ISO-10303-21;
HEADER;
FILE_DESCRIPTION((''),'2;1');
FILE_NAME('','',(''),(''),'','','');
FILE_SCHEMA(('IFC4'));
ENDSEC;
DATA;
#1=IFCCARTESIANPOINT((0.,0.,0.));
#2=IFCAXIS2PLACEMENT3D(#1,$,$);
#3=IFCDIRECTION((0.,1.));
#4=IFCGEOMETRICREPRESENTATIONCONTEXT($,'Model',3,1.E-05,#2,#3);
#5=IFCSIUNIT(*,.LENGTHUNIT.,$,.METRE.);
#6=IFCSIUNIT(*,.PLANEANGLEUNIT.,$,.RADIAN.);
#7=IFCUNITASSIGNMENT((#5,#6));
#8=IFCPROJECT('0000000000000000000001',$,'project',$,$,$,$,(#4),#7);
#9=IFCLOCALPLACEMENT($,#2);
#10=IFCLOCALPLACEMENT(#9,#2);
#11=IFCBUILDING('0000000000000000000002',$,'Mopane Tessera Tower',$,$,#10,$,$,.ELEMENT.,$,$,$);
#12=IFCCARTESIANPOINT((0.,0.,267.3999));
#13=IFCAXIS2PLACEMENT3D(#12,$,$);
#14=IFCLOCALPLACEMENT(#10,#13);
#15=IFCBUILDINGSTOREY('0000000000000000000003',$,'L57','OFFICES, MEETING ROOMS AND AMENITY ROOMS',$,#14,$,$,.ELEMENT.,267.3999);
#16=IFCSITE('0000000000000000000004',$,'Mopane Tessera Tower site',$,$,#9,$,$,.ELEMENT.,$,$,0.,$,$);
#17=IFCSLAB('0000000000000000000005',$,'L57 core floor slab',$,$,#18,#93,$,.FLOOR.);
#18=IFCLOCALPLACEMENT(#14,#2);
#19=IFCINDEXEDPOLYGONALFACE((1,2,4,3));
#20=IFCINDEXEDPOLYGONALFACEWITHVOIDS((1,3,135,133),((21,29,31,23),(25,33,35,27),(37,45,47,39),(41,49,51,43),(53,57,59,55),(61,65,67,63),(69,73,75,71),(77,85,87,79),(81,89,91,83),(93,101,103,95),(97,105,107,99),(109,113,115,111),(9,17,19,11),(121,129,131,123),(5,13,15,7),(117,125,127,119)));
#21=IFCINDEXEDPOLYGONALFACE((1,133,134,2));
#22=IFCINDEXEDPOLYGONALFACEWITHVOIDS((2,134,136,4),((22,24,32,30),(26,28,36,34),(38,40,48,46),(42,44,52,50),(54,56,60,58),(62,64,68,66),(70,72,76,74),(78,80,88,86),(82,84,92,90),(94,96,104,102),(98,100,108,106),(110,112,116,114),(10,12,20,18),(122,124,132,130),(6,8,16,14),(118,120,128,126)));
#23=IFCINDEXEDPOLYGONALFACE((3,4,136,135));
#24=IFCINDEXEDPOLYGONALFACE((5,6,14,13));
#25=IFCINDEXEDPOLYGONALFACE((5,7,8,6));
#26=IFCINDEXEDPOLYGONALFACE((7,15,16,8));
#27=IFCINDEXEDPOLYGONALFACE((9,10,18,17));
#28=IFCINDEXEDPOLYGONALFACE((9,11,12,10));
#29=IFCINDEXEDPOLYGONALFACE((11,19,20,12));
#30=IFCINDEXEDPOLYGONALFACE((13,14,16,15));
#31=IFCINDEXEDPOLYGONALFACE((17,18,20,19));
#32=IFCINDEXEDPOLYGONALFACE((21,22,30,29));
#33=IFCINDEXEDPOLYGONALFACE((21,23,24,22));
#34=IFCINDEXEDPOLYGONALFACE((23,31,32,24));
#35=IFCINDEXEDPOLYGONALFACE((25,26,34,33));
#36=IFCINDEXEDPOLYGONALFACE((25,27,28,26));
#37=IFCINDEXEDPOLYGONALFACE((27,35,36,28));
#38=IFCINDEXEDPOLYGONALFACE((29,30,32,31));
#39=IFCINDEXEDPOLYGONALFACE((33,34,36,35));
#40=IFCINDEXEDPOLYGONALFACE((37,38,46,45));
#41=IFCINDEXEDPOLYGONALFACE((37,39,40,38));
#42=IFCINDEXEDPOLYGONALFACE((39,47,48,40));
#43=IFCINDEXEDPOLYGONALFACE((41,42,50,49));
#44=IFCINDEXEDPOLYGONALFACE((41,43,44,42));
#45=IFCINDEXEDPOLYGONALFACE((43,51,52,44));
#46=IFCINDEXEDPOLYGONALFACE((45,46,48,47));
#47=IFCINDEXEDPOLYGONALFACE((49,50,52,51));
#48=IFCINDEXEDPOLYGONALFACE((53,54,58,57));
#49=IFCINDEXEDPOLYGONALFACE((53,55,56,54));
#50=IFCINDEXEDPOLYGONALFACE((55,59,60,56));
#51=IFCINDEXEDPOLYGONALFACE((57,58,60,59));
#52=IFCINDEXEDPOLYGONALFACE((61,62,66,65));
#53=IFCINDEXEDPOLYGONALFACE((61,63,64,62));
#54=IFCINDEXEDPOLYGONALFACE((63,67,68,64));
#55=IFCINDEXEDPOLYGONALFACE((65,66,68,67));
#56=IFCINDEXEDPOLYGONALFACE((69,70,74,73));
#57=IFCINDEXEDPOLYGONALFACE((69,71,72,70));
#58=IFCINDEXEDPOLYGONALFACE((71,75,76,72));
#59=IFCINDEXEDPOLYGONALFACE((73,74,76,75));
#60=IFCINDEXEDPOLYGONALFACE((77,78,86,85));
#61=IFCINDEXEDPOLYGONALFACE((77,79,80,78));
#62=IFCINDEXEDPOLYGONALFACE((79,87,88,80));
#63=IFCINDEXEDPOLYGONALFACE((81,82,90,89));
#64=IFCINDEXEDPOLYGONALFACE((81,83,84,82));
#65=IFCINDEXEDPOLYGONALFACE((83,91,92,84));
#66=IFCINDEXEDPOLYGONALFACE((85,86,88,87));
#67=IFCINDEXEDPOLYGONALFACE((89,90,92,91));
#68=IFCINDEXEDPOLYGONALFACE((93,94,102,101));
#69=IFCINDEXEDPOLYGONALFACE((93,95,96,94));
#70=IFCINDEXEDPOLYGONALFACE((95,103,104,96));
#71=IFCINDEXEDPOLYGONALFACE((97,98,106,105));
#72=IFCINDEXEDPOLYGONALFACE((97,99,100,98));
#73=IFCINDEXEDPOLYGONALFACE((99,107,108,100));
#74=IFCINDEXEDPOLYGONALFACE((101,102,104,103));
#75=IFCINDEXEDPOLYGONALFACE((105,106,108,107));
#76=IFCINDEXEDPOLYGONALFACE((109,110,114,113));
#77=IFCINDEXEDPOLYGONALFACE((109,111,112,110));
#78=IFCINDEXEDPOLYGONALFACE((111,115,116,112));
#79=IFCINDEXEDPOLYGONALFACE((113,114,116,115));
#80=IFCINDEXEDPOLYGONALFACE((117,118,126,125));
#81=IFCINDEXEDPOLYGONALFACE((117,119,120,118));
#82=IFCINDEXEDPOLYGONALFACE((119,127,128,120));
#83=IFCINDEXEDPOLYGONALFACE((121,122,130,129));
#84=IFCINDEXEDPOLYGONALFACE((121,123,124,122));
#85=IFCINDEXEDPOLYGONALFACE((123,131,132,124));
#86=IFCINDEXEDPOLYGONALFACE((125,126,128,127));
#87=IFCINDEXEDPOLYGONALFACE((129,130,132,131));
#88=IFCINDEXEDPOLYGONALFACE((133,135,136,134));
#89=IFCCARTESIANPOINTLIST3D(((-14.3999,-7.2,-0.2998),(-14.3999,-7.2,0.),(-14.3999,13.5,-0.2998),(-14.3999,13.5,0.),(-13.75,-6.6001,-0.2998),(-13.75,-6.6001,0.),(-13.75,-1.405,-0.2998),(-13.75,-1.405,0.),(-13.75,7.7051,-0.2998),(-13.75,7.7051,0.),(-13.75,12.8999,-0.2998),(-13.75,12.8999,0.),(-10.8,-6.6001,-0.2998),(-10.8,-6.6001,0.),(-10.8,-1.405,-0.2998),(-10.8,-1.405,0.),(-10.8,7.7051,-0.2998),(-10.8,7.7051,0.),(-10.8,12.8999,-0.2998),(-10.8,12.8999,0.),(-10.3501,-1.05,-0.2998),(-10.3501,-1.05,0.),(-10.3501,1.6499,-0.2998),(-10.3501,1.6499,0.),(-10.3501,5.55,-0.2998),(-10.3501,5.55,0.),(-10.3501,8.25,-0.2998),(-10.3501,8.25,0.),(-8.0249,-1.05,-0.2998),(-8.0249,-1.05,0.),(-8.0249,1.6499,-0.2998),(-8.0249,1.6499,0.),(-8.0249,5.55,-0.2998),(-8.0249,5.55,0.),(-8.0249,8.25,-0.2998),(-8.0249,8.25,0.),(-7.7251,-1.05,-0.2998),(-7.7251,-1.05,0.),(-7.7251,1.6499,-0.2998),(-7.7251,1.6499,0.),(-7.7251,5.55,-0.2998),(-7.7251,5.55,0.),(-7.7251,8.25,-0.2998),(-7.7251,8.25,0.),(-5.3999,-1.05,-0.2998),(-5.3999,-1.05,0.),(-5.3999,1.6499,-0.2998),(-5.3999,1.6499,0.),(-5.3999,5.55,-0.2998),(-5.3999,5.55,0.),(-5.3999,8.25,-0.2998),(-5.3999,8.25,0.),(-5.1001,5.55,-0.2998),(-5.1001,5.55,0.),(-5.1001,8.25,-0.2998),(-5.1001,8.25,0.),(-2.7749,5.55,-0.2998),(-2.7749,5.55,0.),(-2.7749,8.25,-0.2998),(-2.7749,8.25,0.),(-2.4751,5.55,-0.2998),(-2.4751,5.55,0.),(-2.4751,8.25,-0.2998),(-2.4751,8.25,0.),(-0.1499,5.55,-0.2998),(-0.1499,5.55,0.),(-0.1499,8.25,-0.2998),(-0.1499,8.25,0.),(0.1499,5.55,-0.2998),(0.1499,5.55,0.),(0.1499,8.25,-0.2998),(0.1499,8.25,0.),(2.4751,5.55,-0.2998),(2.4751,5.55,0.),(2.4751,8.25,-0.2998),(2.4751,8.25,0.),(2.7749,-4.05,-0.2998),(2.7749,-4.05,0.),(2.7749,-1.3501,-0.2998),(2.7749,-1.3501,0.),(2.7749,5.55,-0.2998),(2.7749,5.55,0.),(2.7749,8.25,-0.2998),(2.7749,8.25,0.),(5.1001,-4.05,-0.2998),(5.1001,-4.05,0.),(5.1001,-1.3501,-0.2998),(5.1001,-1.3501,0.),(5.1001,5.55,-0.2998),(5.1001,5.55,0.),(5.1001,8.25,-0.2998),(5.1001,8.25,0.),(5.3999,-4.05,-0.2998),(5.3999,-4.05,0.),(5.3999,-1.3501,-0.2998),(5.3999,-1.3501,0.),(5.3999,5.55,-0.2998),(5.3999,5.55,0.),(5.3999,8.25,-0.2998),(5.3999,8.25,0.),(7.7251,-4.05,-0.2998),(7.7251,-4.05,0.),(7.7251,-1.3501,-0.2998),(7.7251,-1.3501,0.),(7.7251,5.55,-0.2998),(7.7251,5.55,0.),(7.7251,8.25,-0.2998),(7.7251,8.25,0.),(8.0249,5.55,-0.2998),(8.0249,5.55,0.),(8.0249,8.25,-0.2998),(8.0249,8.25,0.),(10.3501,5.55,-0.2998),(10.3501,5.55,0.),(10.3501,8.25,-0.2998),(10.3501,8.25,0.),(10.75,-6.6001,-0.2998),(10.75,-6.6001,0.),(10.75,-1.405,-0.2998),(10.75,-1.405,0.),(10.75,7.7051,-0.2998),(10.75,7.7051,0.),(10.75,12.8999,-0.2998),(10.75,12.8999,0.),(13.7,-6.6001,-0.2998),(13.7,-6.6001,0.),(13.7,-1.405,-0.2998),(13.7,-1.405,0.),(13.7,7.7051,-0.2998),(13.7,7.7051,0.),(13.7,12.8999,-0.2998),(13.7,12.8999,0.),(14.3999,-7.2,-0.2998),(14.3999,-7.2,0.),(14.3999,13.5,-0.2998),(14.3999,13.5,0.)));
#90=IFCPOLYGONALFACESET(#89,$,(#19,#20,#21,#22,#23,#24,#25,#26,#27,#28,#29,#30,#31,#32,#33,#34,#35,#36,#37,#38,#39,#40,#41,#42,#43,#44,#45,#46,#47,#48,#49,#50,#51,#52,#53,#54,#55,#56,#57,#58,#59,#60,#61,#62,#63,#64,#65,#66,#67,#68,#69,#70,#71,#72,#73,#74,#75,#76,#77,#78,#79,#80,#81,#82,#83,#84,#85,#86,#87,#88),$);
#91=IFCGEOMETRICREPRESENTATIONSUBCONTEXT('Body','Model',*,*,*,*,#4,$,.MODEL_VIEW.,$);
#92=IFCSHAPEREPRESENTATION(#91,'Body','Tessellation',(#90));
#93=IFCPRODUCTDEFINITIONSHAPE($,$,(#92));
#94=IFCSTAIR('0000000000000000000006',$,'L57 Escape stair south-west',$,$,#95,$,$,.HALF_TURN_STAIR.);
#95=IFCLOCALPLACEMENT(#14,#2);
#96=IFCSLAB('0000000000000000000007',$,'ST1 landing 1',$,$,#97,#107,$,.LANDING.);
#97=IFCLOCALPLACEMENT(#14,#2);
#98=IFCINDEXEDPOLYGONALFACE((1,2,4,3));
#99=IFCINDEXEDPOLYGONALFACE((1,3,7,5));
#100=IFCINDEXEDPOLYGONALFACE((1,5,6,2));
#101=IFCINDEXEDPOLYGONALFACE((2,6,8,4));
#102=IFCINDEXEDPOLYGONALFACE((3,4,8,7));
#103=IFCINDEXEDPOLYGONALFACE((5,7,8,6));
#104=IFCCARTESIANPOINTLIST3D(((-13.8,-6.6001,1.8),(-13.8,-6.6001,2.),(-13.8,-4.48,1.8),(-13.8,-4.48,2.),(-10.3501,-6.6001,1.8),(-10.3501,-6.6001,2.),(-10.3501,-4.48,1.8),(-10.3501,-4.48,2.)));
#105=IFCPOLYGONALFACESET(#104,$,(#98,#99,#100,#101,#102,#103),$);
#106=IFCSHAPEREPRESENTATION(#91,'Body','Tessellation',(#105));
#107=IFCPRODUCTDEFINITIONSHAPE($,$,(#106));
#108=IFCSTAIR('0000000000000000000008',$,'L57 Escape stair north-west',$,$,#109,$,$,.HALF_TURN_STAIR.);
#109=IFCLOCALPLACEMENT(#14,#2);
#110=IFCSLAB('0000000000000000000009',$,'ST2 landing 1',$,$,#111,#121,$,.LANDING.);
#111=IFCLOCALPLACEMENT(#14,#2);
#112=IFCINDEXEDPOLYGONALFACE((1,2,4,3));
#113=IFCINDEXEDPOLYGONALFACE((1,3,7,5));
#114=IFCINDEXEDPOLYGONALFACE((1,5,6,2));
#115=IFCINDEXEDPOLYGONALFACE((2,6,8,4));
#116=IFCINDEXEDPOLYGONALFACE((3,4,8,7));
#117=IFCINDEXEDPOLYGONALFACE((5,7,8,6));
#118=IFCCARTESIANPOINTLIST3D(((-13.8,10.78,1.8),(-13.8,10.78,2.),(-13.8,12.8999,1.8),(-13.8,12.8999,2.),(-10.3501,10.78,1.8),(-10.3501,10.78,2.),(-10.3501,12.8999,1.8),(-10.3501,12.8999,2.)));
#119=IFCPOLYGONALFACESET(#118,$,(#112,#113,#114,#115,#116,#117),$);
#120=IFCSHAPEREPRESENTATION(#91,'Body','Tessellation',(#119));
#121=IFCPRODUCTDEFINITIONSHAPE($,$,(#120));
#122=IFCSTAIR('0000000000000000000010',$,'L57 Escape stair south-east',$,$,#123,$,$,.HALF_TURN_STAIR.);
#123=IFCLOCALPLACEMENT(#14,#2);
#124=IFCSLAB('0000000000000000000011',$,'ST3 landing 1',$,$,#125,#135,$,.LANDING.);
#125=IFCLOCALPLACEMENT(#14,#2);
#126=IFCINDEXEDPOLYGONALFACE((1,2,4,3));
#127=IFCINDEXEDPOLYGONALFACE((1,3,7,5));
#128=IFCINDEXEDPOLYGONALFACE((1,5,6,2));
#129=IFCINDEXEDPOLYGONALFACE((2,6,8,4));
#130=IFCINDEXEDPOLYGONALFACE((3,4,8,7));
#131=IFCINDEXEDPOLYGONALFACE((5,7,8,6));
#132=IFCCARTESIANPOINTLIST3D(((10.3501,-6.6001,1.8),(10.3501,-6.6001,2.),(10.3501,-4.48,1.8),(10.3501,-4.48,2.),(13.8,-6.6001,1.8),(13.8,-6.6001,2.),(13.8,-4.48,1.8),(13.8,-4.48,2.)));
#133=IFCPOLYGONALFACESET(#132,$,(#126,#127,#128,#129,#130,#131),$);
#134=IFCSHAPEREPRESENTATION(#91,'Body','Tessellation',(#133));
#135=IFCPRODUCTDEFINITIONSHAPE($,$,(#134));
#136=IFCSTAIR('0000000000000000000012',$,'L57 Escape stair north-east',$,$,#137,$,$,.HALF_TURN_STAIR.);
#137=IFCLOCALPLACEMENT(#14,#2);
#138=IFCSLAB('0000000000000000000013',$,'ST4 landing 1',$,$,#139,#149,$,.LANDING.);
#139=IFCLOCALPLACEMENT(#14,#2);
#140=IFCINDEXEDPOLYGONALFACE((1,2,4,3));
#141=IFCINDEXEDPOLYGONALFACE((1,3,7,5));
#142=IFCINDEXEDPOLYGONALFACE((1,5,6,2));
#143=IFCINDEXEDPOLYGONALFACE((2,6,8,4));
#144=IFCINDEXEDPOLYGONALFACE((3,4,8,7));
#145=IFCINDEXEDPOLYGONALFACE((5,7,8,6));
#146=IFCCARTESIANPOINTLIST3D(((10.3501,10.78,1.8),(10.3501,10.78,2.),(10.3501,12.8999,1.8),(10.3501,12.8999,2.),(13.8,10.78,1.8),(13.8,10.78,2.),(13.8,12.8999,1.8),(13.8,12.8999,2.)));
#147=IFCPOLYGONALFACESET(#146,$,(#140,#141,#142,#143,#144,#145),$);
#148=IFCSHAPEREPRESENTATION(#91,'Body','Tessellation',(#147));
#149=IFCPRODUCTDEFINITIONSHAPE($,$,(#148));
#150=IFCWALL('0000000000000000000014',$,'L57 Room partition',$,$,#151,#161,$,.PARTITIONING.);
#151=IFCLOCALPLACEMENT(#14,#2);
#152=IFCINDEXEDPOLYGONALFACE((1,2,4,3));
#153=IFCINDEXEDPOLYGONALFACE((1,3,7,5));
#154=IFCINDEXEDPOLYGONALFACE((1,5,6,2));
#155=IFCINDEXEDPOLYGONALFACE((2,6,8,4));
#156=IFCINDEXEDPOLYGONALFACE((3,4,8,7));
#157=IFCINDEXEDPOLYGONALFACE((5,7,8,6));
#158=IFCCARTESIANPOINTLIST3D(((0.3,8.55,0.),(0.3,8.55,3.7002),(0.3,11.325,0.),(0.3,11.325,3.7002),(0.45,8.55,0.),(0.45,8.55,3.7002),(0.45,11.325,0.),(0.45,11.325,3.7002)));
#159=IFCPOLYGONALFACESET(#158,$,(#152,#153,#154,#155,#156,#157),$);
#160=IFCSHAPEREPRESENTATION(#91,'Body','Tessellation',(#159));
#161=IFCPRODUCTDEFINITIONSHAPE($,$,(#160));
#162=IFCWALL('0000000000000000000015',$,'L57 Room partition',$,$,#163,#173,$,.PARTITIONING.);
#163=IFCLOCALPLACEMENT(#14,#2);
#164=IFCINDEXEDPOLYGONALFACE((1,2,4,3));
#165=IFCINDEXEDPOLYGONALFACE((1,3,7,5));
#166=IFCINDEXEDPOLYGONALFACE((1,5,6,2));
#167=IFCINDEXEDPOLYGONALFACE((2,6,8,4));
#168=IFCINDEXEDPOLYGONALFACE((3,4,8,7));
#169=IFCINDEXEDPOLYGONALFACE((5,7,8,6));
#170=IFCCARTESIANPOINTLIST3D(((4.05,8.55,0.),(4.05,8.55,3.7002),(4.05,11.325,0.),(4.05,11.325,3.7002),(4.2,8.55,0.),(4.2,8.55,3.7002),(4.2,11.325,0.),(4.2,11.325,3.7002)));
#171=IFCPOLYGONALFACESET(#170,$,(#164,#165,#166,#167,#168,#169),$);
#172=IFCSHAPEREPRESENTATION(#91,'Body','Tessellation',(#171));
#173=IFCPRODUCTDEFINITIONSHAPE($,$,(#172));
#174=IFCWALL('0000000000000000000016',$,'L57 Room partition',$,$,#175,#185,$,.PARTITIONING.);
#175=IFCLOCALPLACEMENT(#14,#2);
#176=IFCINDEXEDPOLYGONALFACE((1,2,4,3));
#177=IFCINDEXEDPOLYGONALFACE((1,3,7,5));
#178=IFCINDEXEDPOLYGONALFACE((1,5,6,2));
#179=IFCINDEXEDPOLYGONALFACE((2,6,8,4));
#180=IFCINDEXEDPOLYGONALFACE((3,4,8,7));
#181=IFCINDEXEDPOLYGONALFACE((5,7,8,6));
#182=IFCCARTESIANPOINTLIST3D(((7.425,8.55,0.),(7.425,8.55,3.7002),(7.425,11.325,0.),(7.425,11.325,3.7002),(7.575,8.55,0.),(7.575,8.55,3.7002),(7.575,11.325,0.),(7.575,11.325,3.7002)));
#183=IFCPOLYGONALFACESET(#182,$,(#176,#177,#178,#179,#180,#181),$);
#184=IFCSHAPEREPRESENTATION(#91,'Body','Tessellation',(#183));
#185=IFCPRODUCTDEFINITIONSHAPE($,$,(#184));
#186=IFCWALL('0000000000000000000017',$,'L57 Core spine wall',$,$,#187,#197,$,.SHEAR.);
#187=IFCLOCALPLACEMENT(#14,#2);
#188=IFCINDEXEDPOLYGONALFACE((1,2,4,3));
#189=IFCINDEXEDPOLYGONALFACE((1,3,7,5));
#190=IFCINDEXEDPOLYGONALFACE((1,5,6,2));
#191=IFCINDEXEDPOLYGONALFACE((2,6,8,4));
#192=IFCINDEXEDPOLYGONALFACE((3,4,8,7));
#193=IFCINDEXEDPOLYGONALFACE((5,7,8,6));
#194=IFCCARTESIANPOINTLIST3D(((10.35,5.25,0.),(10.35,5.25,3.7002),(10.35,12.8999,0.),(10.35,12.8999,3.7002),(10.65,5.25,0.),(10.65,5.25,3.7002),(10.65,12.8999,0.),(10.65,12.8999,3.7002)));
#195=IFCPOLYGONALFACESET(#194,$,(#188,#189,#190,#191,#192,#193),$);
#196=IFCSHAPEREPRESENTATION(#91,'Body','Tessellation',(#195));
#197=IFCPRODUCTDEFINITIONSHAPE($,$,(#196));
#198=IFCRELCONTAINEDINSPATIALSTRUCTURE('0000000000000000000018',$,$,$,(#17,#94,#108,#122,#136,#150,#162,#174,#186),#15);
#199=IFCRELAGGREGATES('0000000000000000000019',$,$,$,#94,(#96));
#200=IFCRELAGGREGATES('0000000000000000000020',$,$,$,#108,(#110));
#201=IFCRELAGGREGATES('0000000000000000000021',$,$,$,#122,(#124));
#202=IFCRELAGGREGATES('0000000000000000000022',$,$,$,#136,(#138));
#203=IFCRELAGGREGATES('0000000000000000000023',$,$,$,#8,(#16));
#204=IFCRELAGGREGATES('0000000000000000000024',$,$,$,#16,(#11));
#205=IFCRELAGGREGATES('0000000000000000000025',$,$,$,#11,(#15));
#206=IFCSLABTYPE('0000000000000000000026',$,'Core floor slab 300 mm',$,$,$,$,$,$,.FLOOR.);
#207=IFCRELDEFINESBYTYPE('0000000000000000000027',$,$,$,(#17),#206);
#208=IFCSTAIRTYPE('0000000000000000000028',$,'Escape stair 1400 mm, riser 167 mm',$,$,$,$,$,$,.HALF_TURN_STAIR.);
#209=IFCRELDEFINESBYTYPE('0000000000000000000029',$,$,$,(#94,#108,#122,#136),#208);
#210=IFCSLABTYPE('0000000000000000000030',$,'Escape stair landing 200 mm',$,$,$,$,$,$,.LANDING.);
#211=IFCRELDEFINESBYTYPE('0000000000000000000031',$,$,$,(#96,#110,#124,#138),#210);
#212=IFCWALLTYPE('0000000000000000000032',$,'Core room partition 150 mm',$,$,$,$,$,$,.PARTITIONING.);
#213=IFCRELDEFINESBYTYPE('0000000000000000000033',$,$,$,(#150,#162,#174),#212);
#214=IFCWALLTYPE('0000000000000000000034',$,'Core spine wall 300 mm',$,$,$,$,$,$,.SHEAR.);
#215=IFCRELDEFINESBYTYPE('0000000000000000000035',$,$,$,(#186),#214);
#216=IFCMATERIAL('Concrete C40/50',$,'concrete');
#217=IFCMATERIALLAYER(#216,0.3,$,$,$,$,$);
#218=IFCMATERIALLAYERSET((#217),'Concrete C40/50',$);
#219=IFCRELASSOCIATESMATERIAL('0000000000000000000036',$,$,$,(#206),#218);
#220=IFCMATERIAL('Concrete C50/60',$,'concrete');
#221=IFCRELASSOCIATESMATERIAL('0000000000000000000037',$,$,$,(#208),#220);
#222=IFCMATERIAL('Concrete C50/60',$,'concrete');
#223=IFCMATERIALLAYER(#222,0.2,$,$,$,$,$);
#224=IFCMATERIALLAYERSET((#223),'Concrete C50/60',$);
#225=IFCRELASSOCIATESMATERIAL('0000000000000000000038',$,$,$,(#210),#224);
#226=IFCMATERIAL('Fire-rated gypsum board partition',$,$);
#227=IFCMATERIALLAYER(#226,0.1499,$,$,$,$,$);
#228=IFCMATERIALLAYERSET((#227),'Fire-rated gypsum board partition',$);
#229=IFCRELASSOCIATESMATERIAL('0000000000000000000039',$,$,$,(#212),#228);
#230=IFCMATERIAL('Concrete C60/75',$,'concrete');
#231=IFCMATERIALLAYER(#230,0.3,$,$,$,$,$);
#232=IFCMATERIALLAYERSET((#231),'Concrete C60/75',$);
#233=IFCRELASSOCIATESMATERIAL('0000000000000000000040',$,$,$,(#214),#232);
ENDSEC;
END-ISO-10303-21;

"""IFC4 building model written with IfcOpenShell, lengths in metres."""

from ifc_helpers import new_model, si_unit, direction, frame, frame_2d, origin, place, context, subcontext, project, spatial, polyline, rectangle, outline, extrude, material, layer, layer_set, type_object, element, aggregate, save


model = new_model("IFC4")

# Units and contexts
model_context = context("Model", 3, precision=1e-05, world=origin(), true_north=direction((0.0, 1.0)))
body_context = subcontext(model_context, "Body", "Model", "MODEL_VIEW")
ifc_project = project(units=[si_unit("LENGTHUNIT", "METRE"), si_unit("PLANEANGLEUNIT", "RADIAN")], contexts=[model_context])

# Site, building, storey
site_placement = place(None, origin())
site = spatial("IfcSite", under=ifc_project, at=site_placement, Name="Mopane Tessera Tower site", CompositionType="ELEMENT", RefElevation=0.0)
building_placement = place(site_placement, origin())
building = spatial("IfcBuilding", under=site, at=building_placement, Name="Mopane Tessera Tower", CompositionType="ELEMENT")
storey_placement = place(building_placement, frame((0.0, 0.0, 267.3999)))
storey = spatial("IfcBuildingStorey", under=building, at=storey_placement, Name="L57", Description="OFFICES, MEETING ROOMS AND AMENITY ROOMS", CompositionType="ELEMENT", Elevation=267.3999)

# Slab
ifc_material_1 = material(Name="Concrete C40/50", Category="concrete")
ifc_layer_1 = layer(ifc_material_1, 0.3)
ifc_layer_set_1 = layer_set([ifc_layer_1], Name="Concrete C40/50")
slab_type_1 = type_object("IfcSlabType", Name="Core floor slab 300 mm", PredefinedType="FLOOR", material=ifc_layer_set_1)
slab_1_placement = place(storey_placement, frame((0.0, 0.0, -0.2998)))
element("IfcSlab", 1, at=slab_1_placement, inside=storey, type_object=slab_type_1, Name="L57 core floor slab", PredefinedType="FLOOR", context=body_context, shape_type="SweptSolid", body=[
    extrude(outline(polyline([(-14.3999, -7.2), (14.3999, -7.2), (14.3999, 13.5), (-14.3999, 13.5), (-14.3999, -7.2)]), holes=[polyline([(-10.3501, -1.05), (-8.0249, -1.05), (-8.0249, 1.6499), (-10.3501, 1.6499), (-10.3501, -1.05)]), polyline([(-7.7251, -1.05), (-5.3999, -1.05), (-5.3999, 1.6499), (-7.7251, 1.6499), (-7.7251, -1.05)]), polyline([(-10.3501, 5.55), (-8.0249, 5.55), (-8.0249, 8.25), (-10.3501, 8.25), (-10.3501, 5.55)]), polyline([(-7.7251, 5.55), (-5.3999, 5.55), (-5.3999, 8.25), (-7.7251, 8.25), (-7.7251, 5.55)]), polyline([(-5.1001, 5.55), (-2.7749, 5.55), (-2.7749, 8.25), (-5.1001, 8.25), (-5.1001, 5.55)]), polyline([(-2.4751, 5.55), (-0.1499, 5.55), (-0.1499, 8.25), (-2.4751, 8.25), (-2.4751, 5.55)]), polyline([(0.1499, 5.55), (2.4751, 5.55), (2.4751, 8.25), (0.1499, 8.25), (0.1499, 5.55)]), polyline([(2.7749, 5.55), (5.1001, 5.55), (5.1001, 8.25), (2.7749, 8.25), (2.7749, 5.55)]), polyline([(5.3999, 5.55), (7.7251, 5.55), (7.7251, 8.25), (5.3999, 8.25), (5.3999, 5.55)]), polyline([(8.0249, 5.55), (10.3501, 5.55), (10.3501, 8.25), (8.0249, 8.25), (8.0249, 5.55)]), polyline([(2.7749, -4.05), (5.1001, -4.05), (5.1001, -1.3501), (2.7749, -1.3501), (2.7749, -4.05)]), polyline([(5.3999, -4.05), (7.7251, -4.05), (7.7251, -1.3501), (5.3999, -1.3501), (5.3999, -4.05)]), polyline([(-13.75, -1.405), (-13.75, -6.6001), (-10.8, -6.6001), (-10.8, -1.405), (-13.75, -1.405)]), polyline([(-10.8, 7.7051), (-10.8, 12.8999), (-13.75, 12.8999), (-13.75, 7.7051), (-10.8, 7.7051)]), polyline([(10.75, -1.405), (10.75, -6.6001), (13.7, -6.6001), (13.7, -1.405), (10.75, -1.405)]), polyline([(13.7, 7.7051), (13.7, 12.8999), (10.75, 12.8999), (10.75, 7.7051), (13.7, 7.7051)])]), origin(), (0.0, 0.0, 1.0), 0.2998),
])

# Stairs, slabs
ifc_material_2 = material(Name="Concrete C50/60", Category="concrete")
stair_type = type_object("IfcStairType", Name="Escape stair 1400 mm, riser 167 mm", PredefinedType="HALF_TURN_STAIR", material=ifc_material_2)
stair_1_placement = place(storey_placement, origin())
stair_1 = element("IfcStair", 2, at=stair_1_placement, inside=storey, type_object=stair_type, Name="L57 Escape stair south-west", PredefinedType="HALF_TURN_STAIR")
ifc_material_3 = material(Name="Concrete C50/60", Category="concrete")
ifc_layer_2 = layer(ifc_material_3, 0.2)
ifc_layer_set_2 = layer_set([ifc_layer_2], Name="Concrete C50/60")
slab_type_2 = type_object("IfcSlabType", Name="Escape stair landing 200 mm", PredefinedType="LANDING", material=ifc_layer_set_2)
slab_2_placement = place(storey_placement, frame((0.0, 0.0, 1.8)))
slab_2 = element("IfcSlab", 3, at=slab_2_placement, type_object=slab_type_2, Name="ST1 landing 1", PredefinedType="LANDING", context=body_context, shape_type="SweptSolid", body=[
    extrude(outline(polyline([(-13.8, -4.48), (-13.8, -6.6001), (-10.3501, -6.6001), (-10.3501, -4.48), (-13.8, -4.48)])), origin(), (0.0, 0.0, 1.0), 0.2),
])
aggregate(stair_1, [slab_2])
stair_2_placement = place(storey_placement, origin())
stair_2 = element("IfcStair", 4, at=stair_2_placement, inside=storey, type_object=stair_type, Name="L57 Escape stair north-west", PredefinedType="HALF_TURN_STAIR")
slab_3_placement = place(storey_placement, frame((0.0, 0.0, 1.8)))
slab_3 = element("IfcSlab", 5, at=slab_3_placement, type_object=slab_type_2, Name="ST2 landing 1", PredefinedType="LANDING", context=body_context, shape_type="SweptSolid", body=[
    extrude(outline(polyline([(-10.3501, 10.78), (-10.3501, 12.8999), (-13.8, 12.8999), (-13.8, 10.78), (-10.3501, 10.78)])), origin(), (0.0, 0.0, 1.0), 0.2),
])
aggregate(stair_2, [slab_3])
stair_3_placement = place(storey_placement, origin())
stair_3 = element("IfcStair", 6, at=stair_3_placement, inside=storey, type_object=stair_type, Name="L57 Escape stair south-east", PredefinedType="HALF_TURN_STAIR")
slab_4_placement = place(storey_placement, frame((0.0, 0.0, 1.8)))
slab_4 = element("IfcSlab", 7, at=slab_4_placement, type_object=slab_type_2, Name="ST3 landing 1", PredefinedType="LANDING", context=body_context, shape_type="SweptSolid", body=[
    extrude(outline(polyline([(10.3501, -4.48), (10.3501, -6.6001), (13.8, -6.6001), (13.8, -4.48), (10.3501, -4.48)])), origin(), (0.0, 0.0, 1.0), 0.2),
])
aggregate(stair_3, [slab_4])
stair_4_placement = place(storey_placement, origin())
stair_4 = element("IfcStair", 8, at=stair_4_placement, inside=storey, type_object=stair_type, Name="L57 Escape stair north-east", PredefinedType="HALF_TURN_STAIR")
slab_5_placement = place(storey_placement, frame((0.0, 0.0, 1.8)))
slab_5 = element("IfcSlab", 9, at=slab_5_placement, type_object=slab_type_2, Name="ST4 landing 1", PredefinedType="LANDING", context=body_context, shape_type="SweptSolid", body=[
    extrude(outline(polyline([(13.8, 10.78), (13.8, 12.8999), (10.3501, 12.8999), (10.3501, 10.78), (13.8, 10.78)])), origin(), (0.0, 0.0, 1.0), 0.2),
])

# Walls
ifc_material_4 = material(Name="Fire-rated gypsum board partition")
ifc_layer_3 = layer(ifc_material_4, 0.1499)
ifc_layer_set_3 = layer_set([ifc_layer_3], Name="Fire-rated gypsum board partition")
wall_type_1 = type_object("IfcWallType", Name="Core room partition 150 mm", PredefinedType="PARTITIONING", material=ifc_layer_set_3)
for number, where, z_axis, x_axis, name in (
    (10, (0.375, 8.55, 0.0), (0.0, 0.0, 1.0), (0.0, 1.0, 0.0), "L57 Room partition"),
    (11, (4.125, 8.55, 0.0), (0.0, 0.0, 1.0), (0.0, 1.0, 0.0), "L57 Room partition"),
    (12, (7.5, 8.55, 0.0), (0.0, 0.0, 1.0), (0.0, 1.0, 0.0), "L57 Room partition"),
):
    element("IfcWall", number, at=place(storey_placement, frame(where, z_axis=z_axis, x_axis=x_axis)), inside=storey, type_object=wall_type_1, Name=name, PredefinedType="PARTITIONING", context=body_context, shape_type="SweptSolid", body=[
        extrude(rectangle(XDim=2.7749, YDim=0.1499, at=frame_2d((1.3875, 0.0))), origin(), (0.0, 0.0, 1.0), 3.7002),
    ])
ifc_material_5 = material(Name="Concrete C60/75", Category="concrete")
ifc_layer_4 = layer(ifc_material_5, 0.3)
ifc_layer_set_4 = layer_set([ifc_layer_4], Name="Concrete C60/75")
wall_type_2 = type_object("IfcWallType", Name="Core spine wall 300 mm", PredefinedType="SHEAR", material=ifc_layer_set_4)
wall_1_placement = place(storey_placement, frame((10.5, 5.25, 0.0), z_axis=(0.0, 0.0, 1.0), x_axis=(0.0, 1.0, 0.0)))
element("IfcWall", 13, at=wall_1_placement, inside=storey, type_object=wall_type_2, Name="L57 Core spine wall", PredefinedType="SHEAR", context=body_context, shape_type="SweptSolid", body=[
    extrude(rectangle(XDim=7.6499, YDim=0.3, at=frame_2d((3.825, 0.0))), origin(), (0.0, 0.0, 1.0), 3.7002),
])

aggregate(stair_4, [slab_5])

save(model, "model.ifc")
